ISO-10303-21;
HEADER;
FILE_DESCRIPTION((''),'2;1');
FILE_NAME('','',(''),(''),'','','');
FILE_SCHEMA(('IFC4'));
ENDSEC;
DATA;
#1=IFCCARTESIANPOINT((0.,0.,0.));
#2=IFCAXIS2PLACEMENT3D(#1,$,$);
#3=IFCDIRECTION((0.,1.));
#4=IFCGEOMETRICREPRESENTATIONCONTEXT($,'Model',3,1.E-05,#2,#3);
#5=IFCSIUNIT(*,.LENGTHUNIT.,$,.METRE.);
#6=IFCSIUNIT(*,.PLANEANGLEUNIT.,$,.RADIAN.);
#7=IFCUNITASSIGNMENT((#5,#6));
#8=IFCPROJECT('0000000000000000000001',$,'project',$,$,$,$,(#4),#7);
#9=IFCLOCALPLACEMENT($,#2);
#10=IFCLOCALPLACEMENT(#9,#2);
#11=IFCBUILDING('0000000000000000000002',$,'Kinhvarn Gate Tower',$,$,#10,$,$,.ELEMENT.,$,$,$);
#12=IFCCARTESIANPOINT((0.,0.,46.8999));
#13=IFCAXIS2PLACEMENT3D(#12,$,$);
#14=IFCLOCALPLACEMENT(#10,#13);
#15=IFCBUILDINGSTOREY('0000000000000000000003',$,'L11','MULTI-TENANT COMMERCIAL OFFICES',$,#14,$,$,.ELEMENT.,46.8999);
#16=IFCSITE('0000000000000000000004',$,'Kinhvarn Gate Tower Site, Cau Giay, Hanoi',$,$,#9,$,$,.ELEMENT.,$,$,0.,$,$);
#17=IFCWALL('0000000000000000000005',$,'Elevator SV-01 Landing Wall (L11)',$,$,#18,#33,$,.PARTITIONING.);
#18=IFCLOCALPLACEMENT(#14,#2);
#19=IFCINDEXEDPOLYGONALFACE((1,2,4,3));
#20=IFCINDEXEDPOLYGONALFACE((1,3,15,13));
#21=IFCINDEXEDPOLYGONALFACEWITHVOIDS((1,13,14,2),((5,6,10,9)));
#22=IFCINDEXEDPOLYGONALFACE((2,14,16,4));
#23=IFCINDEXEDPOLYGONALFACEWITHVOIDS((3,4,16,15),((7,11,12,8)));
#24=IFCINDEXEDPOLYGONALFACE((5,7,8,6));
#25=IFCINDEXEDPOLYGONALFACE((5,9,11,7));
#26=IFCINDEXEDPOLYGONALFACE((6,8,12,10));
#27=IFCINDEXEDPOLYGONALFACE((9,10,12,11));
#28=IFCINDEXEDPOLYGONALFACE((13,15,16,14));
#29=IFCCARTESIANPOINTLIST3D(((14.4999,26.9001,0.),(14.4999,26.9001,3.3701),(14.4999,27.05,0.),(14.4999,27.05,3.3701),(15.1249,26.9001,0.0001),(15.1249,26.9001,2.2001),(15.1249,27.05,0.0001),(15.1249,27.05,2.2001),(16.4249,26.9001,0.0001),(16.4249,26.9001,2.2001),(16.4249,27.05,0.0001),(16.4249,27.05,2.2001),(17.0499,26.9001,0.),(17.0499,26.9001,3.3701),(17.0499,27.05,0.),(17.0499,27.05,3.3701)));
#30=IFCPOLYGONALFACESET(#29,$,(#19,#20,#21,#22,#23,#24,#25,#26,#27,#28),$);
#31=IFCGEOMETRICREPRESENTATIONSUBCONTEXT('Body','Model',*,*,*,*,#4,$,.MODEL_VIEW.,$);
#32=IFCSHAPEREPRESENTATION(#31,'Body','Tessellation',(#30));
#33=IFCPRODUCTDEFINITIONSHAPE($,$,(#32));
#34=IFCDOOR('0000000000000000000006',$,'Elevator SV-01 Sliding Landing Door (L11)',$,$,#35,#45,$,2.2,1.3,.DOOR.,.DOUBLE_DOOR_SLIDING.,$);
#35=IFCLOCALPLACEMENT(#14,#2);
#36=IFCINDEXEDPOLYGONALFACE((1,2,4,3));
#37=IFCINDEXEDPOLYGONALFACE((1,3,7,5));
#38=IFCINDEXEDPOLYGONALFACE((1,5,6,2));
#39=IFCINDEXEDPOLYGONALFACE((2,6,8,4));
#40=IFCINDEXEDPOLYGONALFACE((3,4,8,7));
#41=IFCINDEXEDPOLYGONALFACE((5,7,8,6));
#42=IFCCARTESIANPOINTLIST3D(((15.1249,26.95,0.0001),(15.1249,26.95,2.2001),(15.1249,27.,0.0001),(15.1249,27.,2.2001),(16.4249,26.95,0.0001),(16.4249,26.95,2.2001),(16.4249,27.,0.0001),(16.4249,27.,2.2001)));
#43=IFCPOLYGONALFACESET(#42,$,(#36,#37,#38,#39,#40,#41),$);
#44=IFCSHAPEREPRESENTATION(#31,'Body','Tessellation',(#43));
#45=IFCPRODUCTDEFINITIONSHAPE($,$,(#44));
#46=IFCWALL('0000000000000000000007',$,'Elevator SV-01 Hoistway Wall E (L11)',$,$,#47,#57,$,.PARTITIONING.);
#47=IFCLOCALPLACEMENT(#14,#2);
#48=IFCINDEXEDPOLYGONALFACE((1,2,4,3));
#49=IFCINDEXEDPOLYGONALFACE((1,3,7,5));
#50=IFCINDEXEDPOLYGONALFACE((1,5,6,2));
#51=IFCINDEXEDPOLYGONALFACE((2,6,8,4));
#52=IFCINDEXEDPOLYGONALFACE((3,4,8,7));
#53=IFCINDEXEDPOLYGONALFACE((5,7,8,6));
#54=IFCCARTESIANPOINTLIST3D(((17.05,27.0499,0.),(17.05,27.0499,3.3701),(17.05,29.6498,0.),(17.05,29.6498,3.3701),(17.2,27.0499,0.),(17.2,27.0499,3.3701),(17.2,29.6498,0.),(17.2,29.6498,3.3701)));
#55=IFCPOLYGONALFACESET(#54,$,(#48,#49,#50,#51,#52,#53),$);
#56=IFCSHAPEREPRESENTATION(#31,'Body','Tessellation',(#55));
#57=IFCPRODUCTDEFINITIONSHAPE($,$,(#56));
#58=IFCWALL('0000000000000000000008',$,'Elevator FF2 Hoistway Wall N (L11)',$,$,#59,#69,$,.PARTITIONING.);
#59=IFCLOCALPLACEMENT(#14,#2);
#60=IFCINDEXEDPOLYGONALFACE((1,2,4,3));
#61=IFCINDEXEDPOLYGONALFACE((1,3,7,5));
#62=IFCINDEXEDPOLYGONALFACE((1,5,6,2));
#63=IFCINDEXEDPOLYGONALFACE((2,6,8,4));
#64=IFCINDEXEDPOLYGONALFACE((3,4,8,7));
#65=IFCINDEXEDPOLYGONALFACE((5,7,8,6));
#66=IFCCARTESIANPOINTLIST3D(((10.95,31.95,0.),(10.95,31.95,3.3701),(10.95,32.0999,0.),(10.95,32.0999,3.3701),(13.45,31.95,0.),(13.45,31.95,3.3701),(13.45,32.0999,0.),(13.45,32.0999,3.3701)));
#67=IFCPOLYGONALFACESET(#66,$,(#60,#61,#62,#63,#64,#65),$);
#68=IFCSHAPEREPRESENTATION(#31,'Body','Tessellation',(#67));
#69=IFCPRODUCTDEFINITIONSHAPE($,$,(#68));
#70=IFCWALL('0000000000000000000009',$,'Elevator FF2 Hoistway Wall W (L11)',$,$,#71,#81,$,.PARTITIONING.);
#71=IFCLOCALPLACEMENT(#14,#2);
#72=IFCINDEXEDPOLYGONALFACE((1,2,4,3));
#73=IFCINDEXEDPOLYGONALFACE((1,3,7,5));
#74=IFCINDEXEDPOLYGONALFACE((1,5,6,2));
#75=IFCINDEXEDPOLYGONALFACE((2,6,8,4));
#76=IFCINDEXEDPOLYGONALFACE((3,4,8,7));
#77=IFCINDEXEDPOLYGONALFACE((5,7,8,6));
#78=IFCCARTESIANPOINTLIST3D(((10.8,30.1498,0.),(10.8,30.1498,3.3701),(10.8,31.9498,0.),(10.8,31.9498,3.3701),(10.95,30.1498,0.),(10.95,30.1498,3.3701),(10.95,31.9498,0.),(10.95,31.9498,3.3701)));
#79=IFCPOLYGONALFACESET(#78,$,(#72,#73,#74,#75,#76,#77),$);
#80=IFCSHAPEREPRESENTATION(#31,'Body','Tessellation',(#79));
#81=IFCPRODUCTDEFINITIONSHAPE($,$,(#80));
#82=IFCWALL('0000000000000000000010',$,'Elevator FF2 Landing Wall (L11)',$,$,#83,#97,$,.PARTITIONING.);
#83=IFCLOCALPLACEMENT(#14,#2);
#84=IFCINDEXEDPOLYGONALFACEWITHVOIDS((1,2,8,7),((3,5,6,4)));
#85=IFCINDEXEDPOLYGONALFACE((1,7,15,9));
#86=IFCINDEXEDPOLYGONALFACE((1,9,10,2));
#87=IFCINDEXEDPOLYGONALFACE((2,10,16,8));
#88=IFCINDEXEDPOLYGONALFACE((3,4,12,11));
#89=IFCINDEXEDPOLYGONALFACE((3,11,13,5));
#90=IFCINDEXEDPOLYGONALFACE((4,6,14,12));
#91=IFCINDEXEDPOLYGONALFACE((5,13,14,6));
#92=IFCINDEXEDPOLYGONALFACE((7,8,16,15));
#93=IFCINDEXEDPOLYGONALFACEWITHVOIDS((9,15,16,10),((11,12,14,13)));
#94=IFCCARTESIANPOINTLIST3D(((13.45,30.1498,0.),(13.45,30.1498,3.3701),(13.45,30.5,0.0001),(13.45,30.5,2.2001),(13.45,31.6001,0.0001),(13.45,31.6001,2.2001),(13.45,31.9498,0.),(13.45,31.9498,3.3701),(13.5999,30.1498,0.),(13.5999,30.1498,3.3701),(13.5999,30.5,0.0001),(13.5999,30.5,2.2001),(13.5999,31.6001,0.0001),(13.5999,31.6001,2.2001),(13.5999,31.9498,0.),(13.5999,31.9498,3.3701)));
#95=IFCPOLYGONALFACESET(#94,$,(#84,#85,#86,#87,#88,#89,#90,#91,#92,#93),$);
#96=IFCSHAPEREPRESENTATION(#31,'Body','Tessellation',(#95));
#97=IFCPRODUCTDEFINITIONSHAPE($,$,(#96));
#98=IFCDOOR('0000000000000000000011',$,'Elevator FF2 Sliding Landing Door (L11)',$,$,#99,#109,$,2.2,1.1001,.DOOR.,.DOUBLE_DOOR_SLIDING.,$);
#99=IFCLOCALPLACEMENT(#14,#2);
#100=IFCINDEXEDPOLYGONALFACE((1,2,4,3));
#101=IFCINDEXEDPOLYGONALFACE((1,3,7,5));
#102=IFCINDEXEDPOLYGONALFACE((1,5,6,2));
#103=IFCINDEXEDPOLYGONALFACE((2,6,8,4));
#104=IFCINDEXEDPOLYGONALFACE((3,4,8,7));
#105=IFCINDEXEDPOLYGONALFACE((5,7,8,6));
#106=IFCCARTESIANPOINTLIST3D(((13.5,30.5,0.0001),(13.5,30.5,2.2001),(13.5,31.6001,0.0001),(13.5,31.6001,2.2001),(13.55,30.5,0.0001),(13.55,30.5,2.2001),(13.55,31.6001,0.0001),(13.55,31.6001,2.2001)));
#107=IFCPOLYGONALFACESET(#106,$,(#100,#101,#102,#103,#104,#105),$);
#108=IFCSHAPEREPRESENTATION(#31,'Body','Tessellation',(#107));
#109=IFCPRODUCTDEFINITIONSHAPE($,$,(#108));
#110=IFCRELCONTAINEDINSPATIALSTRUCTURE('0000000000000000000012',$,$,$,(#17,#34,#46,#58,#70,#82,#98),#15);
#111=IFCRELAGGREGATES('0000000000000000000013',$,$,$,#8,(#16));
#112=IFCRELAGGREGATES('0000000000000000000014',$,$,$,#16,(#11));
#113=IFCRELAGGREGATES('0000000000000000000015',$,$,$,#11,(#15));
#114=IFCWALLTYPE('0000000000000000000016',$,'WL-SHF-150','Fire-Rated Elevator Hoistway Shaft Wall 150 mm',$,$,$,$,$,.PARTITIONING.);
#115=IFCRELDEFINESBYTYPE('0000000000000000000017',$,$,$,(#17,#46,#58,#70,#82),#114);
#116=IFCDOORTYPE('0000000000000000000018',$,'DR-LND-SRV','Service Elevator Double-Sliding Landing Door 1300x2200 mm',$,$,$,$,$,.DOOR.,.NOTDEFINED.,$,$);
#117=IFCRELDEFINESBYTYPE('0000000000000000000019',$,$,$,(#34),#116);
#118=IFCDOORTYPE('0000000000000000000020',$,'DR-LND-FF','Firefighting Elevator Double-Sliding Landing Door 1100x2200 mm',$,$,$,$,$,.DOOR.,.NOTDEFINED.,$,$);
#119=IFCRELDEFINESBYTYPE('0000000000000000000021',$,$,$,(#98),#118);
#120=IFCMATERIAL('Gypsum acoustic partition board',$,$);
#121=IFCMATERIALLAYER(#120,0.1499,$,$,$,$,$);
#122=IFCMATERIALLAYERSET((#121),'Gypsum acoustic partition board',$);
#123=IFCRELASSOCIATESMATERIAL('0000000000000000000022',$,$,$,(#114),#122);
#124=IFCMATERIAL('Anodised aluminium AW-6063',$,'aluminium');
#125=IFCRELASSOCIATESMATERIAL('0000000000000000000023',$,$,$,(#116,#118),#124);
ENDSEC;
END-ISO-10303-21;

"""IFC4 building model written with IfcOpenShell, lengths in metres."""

from ifc_helpers import new_model, si_unit, direction, frame, frame_2d, origin, place, context, subcontext, project, spatial, rectangle, extrude, material, layer, layer_set, type_object, element, fill, save


model = new_model("IFC4")

# Units and contexts
model_context = context("Model", 3, precision=1e-05, world=origin(), true_north=direction((0.0, 1.0)))
body_context = subcontext(model_context, "Body", "Model", "MODEL_VIEW")
ifc_project = project(units=[si_unit("LENGTHUNIT", "METRE"), si_unit("PLANEANGLEUNIT", "RADIAN")], contexts=[model_context])

# Site, building, storey
site_placement = place(None, origin())
site = spatial("IfcSite", under=ifc_project, at=site_placement, Name="Kinhvarn Gate Tower Site, Cau Giay, Hanoi", CompositionType="ELEMENT", RefElevation=0.0)
building_placement = place(site_placement, origin())
building = spatial("IfcBuilding", under=site, at=building_placement, Name="Kinhvarn Gate Tower", CompositionType="ELEMENT")
storey_placement = place(building_placement, frame((0.0, 0.0, 46.8999)))
storey = spatial("IfcBuildingStorey", under=building, at=storey_placement, Name="L11", Description="MULTI-TENANT COMMERCIAL OFFICES", CompositionType="ELEMENT", Elevation=46.8999)

# Shared definitions
ifc_material_1 = material(Name="Anodised aluminium AW-6063", Category="aluminium")

# Shared definitions
ifc_material_2 = material(Name="Gypsum acoustic partition board")

# Shared definitions
ifc_layer_1 = layer(ifc_material_2, 0.1499)
ifc_layer_set_1 = layer_set([ifc_layer_1], Name="Gypsum acoustic partition board")
wall_type_1 = type_object("IfcWallType", Name="WL-SHF-150", Description="Fire-Rated Elevator Hoistway Shaft Wall 150 mm", PredefinedType="PARTITIONING", material=ifc_layer_set_1)

# Wall, opening, door
wall_1_placement = place(storey_placement, frame((14.5, 26.9751, 0.0), z_axis=(0.0, 0.0, 1.0), x_axis=(1.0, 0.0, 0.0)))
wall_1 = element("IfcWall", 1, at=wall_1_placement, inside=storey, type_object=wall_type_1, Name="Elevator SV-01 Landing Wall (L11)", PredefinedType="PARTITIONING", context=body_context, shape_type="SweptSolid", body=[
    extrude(rectangle(XDim=2.55, YDim=0.1499, at=frame_2d((1.2749, 0.0))), origin(), (0.0, 0.0, 1.0), 3.3701),
])
opening_1_placement = place(wall_1_placement, frame((0.625, 0.0, 0.0)))
opening_1 = element("IfcOpeningElement", 2, at=opening_1_placement, cuts=wall_1, PredefinedType="OPENING", context=body_context, shape_type="SweptSolid", body=[
    extrude(rectangle(XDim=1.3, YDim=2.2, at=frame_2d((0.6499, 1.1001))), frame((0.0, 0.085, 0.0), z_axis=(0.0, -1.0, 0.0), x_axis=(1.0, 0.0, 0.0)), (0.0, 0.0, 1.0), 0.1699),
])
door_type_1 = type_object("IfcDoorType", Name="DR-LND-SRV", Description="Service Elevator Double-Sliding Landing Door 1300x2200 mm", OperationType="NOTDEFINED", PredefinedType="DOOR", material=ifc_material_1)
door_1_placement = place(opening_1_placement, origin())
door_1 = element("IfcDoor", 3, at=door_1_placement, inside=storey, type_object=door_type_1, Name="Elevator SV-01 Sliding Landing Door (L11)", OperationType="DOUBLE_DOOR_SLIDING", OverallHeight=2.2, OverallWidth=1.3, PredefinedType="DOOR", context=body_context, shape_type="SweptSolid", body=[
    extrude(rectangle(XDim=1.3, YDim=2.2, at=frame_2d((0.6499, 1.1001))), frame((0.0, 0.0249, 0.0), z_axis=(0.0, -1.0, 0.0), x_axis=(1.0, 0.0, 0.0)), (0.0, 0.0, 1.0), 0.05),
])
fill(opening_1, door_1)

# Walls
wall_2_placement = place(storey_placement, frame((17.125, 27.05, 0.0), z_axis=(0.0, 0.0, 1.0), x_axis=(0.0, 1.0, 0.0)))
element("IfcWall", 4, at=wall_2_placement, inside=storey, type_object=wall_type_1, Name="Elevator SV-01 Hoistway Wall E (L11)", PredefinedType="PARTITIONING", context=body_context, shape_type="SweptSolid", body=[
    extrude(rectangle(XDim=2.5999, YDim=0.1499, at=frame_2d((1.2998, 0.0))), origin(), (0.0, 0.0, 1.0), 3.3701),
])
wall_3_placement = place(storey_placement, frame((10.95, 32.0249, 0.0), z_axis=(0.0, 0.0, 1.0), x_axis=(1.0, 0.0, 0.0)))
element("IfcWall", 5, at=wall_3_placement, inside=storey, type_object=wall_type_1, Name="Elevator FF2 Hoistway Wall N (L11)", PredefinedType="PARTITIONING", context=body_context, shape_type="SweptSolid", body=[
    extrude(rectangle(XDim=2.5, YDim=0.1499, at=frame_2d((1.25, 0.0))), origin(), (0.0, 0.0, 1.0), 3.3701),
])
wall_4_placement = place(storey_placement, frame((10.875, 30.1499, 0.0), z_axis=(0.0, 0.0, 1.0), x_axis=(0.0, 1.0, 0.0)))
element("IfcWall", 6, at=wall_4_placement, inside=storey, type_object=wall_type_1, Name="Elevator FF2 Hoistway Wall W (L11)", PredefinedType="PARTITIONING", context=body_context, shape_type="SweptSolid", body=[
    extrude(rectangle(XDim=1.8, YDim=0.1499, at=frame_2d((0.8999, 0.0))), origin(), (0.0, 0.0, 1.0), 3.3701),
])

# Wall, opening, door
wall_5_placement = place(storey_placement, frame((13.5249, 30.1499, 0.0), z_axis=(0.0, 0.0, 1.0), x_axis=(0.0, 1.0, 0.0)))
wall_5 = element("IfcWall", 7, at=wall_5_placement, inside=storey, type_object=wall_type_1, Name="Elevator FF2 Landing Wall (L11)", PredefinedType="PARTITIONING", context=body_context, shape_type="SweptSolid", body=[
    extrude(rectangle(XDim=1.8, YDim=0.1499, at=frame_2d((0.8999, 0.0))), origin(), (0.0, 0.0, 1.0), 3.3701),
])
opening_2_placement = place(wall_5_placement, frame((0.3501, 0.0, 0.0)))
opening_2 = element("IfcOpeningElement", 8, at=opening_2_placement, cuts=wall_5, PredefinedType="OPENING", context=body_context, shape_type="SweptSolid", body=[
    extrude(rectangle(XDim=1.1001, YDim=2.2, at=frame_2d((0.55, 1.1001))), frame((0.0, 0.085, 0.0), z_axis=(0.0, -1.0, 0.0), x_axis=(1.0, 0.0, 0.0)), (0.0, 0.0, 1.0), 0.1699),
])
door_type_2 = type_object("IfcDoorType", Name="DR-LND-FF", Description="Firefighting Elevator Double-Sliding Landing Door 1100x2200 mm", OperationType="NOTDEFINED", PredefinedType="DOOR", material=ifc_material_1)
door_2_placement = place(opening_2_placement, origin())
door_2 = element("IfcDoor", 9, at=door_2_placement, inside=storey, type_object=door_type_2, Name="Elevator FF2 Sliding Landing Door (L11)", OperationType="DOUBLE_DOOR_SLIDING", OverallHeight=2.2, OverallWidth=1.1001, PredefinedType="DOOR", context=body_context, shape_type="SweptSolid", body=[
    extrude(rectangle(XDim=1.1001, YDim=2.2, at=frame_2d((0.55, 1.1001))), frame((0.0, 0.0249, 0.0), z_axis=(0.0, -1.0, 0.0), x_axis=(1.0, 0.0, 0.0)), (0.0, 0.0, 1.0), 0.05),
])
fill(opening_2, door_2)

save(model, "model.ifc")
